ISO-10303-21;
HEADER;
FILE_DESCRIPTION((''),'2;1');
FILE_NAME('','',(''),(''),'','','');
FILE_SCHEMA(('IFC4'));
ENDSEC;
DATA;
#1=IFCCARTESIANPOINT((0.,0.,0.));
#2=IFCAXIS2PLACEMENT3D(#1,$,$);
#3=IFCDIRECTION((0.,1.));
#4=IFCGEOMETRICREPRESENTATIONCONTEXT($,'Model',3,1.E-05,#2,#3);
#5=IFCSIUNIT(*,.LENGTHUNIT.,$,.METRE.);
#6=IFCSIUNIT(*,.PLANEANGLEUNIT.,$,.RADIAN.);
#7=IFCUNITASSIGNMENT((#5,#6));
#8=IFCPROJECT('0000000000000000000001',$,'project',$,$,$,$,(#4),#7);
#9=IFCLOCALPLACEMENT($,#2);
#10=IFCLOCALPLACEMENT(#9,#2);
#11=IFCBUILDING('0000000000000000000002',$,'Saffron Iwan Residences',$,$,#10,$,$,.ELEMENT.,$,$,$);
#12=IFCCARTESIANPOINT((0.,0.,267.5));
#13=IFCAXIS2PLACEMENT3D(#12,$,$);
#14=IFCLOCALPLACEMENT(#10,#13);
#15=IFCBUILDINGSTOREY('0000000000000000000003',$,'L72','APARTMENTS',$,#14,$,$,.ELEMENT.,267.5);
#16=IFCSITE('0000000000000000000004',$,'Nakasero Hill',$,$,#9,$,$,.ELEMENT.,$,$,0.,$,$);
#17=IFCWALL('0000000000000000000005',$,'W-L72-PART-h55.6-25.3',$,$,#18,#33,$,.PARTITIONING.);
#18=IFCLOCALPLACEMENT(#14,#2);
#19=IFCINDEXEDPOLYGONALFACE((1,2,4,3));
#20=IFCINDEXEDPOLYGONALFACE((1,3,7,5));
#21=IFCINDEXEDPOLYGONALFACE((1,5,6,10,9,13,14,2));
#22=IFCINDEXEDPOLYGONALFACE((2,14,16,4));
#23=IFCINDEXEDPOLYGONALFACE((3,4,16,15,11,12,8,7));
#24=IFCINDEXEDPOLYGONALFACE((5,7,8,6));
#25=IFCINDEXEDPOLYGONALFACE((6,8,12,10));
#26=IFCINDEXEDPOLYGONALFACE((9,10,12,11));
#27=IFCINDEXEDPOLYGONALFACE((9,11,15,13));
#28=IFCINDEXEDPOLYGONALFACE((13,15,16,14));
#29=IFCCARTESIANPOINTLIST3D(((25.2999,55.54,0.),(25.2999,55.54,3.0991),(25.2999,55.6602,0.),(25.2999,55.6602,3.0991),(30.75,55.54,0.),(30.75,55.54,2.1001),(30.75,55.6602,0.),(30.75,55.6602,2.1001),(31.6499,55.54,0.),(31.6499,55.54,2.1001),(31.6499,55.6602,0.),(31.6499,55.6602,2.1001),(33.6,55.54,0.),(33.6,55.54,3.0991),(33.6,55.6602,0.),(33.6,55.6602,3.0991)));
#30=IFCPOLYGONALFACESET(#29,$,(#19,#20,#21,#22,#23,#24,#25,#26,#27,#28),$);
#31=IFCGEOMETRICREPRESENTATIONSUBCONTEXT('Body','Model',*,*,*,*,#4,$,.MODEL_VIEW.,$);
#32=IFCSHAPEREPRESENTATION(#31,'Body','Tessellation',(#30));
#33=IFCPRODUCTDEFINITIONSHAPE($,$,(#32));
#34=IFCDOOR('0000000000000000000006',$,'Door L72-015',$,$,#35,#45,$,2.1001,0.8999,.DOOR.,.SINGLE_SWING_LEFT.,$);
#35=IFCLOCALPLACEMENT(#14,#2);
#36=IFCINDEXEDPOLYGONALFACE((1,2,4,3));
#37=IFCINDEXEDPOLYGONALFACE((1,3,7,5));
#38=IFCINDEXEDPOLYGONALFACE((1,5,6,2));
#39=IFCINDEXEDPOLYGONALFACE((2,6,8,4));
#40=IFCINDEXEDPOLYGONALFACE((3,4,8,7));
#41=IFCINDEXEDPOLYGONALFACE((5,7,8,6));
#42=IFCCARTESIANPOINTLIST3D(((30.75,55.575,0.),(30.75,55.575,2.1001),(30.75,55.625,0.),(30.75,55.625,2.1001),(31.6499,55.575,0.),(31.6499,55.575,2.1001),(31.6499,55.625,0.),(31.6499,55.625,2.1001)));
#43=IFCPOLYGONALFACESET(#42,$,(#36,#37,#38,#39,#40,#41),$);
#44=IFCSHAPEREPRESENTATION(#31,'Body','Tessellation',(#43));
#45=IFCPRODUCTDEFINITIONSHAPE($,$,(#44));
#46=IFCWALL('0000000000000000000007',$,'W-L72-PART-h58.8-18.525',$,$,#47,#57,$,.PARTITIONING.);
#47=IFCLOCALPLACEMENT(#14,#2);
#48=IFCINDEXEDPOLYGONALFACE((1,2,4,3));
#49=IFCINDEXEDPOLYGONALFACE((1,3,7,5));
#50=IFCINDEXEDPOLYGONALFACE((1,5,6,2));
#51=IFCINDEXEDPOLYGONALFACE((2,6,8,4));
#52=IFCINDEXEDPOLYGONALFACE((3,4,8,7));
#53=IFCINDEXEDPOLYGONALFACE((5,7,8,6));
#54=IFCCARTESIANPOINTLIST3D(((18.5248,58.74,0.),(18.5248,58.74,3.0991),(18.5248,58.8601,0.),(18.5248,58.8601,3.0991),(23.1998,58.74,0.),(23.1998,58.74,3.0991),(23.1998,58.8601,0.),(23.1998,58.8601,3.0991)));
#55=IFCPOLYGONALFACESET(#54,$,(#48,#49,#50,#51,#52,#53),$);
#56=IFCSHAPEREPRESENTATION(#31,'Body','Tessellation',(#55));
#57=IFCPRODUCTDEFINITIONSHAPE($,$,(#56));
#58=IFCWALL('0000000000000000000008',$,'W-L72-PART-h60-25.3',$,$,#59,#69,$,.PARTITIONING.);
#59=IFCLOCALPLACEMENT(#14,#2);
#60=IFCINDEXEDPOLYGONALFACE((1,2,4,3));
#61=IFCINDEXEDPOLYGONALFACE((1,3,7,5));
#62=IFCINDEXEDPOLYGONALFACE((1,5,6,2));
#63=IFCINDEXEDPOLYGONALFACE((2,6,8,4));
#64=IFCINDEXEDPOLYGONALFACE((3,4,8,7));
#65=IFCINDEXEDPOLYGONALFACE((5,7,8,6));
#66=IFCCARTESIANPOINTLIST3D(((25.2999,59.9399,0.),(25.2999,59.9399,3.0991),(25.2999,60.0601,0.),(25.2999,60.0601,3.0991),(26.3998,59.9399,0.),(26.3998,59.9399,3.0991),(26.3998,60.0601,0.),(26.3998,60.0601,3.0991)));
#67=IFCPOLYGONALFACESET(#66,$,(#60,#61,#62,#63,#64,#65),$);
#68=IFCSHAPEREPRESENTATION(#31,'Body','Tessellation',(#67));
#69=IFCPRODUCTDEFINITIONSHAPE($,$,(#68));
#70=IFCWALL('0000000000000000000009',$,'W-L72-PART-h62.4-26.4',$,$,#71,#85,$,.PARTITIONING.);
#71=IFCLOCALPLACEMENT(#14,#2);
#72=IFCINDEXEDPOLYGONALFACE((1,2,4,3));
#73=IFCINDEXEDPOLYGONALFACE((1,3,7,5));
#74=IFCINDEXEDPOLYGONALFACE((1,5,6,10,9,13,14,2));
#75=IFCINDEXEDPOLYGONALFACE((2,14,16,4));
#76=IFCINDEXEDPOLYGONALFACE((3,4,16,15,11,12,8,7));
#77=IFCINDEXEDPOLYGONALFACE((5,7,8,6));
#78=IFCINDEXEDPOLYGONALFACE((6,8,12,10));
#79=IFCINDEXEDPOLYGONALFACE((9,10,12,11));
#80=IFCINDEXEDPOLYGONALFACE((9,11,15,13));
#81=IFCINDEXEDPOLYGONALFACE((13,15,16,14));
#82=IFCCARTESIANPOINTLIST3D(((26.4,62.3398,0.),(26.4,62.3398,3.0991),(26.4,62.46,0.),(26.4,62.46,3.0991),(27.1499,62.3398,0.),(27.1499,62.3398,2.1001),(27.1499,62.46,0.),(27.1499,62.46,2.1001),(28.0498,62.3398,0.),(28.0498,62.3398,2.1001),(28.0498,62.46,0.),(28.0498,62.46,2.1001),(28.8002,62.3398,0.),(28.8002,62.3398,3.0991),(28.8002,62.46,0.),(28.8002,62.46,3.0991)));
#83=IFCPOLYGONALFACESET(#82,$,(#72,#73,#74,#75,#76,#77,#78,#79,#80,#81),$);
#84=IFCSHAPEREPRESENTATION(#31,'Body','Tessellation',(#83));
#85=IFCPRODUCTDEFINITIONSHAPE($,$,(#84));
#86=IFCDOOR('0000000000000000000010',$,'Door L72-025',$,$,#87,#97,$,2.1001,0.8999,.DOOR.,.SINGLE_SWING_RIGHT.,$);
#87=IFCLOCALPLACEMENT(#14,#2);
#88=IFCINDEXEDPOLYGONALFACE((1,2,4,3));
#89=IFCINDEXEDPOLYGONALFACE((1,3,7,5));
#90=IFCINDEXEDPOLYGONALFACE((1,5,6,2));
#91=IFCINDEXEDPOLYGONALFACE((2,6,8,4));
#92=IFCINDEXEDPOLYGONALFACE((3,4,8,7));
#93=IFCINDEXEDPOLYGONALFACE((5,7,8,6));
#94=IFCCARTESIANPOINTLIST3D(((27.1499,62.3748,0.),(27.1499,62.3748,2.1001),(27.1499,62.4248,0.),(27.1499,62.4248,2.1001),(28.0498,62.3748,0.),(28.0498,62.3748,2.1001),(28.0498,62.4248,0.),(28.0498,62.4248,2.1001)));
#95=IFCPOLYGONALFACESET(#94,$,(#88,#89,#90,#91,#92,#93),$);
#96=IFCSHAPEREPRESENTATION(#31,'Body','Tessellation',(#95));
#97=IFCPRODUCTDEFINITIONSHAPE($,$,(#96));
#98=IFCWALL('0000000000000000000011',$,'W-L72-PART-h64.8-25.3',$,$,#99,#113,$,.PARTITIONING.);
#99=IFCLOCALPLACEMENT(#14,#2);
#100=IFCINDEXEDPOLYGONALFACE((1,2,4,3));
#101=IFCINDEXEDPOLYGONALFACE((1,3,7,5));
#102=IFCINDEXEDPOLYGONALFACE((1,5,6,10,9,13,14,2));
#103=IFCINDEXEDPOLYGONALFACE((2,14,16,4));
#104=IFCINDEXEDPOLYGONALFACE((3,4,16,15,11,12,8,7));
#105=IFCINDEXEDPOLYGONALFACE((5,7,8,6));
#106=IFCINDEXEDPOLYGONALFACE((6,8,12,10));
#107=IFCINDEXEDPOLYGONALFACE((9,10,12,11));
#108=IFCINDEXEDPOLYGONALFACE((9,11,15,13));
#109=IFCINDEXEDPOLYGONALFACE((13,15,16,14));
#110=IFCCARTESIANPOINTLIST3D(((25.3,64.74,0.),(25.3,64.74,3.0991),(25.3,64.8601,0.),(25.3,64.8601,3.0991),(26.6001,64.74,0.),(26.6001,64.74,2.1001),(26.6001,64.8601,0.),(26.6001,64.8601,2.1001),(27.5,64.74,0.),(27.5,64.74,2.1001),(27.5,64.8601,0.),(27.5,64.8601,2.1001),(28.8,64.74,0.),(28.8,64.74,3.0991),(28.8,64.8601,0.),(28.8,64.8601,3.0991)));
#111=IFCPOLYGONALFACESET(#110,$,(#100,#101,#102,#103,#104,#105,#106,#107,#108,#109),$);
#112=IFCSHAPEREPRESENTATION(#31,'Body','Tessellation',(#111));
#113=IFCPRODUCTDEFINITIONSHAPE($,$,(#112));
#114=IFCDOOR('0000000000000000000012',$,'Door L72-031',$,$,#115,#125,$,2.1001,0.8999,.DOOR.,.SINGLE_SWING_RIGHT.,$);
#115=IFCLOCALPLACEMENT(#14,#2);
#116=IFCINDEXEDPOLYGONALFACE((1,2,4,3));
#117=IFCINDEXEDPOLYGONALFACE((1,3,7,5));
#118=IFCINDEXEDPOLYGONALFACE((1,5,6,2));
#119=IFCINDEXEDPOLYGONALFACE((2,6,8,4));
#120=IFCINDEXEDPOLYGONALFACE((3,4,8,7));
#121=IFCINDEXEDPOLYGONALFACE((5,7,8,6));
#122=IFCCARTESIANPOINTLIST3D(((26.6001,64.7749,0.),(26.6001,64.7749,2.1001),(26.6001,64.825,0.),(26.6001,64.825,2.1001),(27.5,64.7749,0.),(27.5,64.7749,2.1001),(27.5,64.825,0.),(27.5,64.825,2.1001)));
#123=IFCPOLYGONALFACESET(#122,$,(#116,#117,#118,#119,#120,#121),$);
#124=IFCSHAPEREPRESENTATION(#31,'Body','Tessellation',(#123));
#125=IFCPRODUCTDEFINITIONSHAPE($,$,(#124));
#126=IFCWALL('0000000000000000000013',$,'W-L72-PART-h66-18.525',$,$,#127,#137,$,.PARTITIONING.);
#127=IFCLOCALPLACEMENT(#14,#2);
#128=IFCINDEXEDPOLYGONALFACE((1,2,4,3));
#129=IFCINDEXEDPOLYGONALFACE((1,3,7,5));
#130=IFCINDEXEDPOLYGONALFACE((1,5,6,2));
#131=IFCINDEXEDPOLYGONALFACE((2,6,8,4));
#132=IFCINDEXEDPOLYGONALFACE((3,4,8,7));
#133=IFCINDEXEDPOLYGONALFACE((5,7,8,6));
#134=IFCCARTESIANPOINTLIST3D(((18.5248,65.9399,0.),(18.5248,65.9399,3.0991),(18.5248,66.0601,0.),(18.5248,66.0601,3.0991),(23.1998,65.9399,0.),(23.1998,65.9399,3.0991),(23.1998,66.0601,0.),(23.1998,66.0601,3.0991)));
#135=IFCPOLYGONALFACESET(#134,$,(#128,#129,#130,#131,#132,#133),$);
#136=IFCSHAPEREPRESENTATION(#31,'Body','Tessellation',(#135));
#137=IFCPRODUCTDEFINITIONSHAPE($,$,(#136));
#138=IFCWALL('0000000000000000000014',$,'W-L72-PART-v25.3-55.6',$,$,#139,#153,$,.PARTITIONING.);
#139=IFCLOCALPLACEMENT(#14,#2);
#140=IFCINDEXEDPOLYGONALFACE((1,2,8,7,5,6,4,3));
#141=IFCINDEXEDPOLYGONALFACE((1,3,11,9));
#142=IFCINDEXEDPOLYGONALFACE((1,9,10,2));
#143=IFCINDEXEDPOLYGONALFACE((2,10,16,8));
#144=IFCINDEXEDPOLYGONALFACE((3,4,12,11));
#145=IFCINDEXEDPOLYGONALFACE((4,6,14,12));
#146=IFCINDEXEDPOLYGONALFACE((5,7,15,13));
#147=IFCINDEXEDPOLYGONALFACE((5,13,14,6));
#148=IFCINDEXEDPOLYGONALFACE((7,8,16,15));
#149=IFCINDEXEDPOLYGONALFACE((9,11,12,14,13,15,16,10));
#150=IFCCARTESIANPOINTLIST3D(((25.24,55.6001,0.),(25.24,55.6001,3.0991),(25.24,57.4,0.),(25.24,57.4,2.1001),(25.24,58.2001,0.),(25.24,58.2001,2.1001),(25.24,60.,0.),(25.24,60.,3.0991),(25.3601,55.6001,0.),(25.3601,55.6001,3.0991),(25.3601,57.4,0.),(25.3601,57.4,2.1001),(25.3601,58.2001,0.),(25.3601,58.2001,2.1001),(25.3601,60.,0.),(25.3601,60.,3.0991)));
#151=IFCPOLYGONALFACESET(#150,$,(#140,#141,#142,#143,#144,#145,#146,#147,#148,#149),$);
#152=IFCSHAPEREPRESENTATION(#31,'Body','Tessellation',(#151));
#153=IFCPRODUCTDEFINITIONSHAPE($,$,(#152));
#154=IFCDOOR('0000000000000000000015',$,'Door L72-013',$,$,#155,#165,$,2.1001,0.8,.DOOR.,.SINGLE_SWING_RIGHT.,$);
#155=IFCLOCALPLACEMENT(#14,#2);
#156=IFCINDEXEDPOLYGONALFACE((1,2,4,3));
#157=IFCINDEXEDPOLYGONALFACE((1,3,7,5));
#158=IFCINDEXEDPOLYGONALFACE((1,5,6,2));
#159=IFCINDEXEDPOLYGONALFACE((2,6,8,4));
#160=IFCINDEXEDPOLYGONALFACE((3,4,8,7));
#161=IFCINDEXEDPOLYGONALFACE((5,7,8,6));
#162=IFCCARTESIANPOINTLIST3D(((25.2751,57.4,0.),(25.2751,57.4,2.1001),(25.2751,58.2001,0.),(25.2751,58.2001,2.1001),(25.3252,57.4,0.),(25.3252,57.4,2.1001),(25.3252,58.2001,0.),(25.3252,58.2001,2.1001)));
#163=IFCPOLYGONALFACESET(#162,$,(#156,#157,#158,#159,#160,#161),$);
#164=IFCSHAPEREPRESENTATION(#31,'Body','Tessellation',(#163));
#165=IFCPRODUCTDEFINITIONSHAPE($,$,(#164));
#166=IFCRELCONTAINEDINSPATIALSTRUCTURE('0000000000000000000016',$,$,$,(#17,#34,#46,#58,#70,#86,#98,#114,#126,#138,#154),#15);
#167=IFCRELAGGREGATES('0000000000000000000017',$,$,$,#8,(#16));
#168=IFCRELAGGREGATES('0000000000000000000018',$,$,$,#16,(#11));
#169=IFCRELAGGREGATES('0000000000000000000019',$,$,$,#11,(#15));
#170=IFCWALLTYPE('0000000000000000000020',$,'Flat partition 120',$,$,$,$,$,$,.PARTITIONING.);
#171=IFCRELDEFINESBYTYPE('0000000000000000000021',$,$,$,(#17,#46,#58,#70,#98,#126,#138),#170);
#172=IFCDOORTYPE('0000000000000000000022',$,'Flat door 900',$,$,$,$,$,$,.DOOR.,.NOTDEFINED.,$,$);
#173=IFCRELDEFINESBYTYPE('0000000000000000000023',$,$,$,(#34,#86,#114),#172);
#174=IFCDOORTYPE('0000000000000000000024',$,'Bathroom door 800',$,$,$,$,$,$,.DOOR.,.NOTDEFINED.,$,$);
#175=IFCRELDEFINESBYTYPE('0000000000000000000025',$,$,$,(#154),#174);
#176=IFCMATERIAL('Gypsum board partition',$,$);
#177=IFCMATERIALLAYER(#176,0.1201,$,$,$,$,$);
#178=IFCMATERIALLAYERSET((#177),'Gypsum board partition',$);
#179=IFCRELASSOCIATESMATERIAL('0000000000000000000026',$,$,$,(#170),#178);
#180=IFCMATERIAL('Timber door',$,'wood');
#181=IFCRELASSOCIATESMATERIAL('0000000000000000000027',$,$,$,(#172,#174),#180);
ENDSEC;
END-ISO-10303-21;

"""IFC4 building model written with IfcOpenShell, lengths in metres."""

from ifc_helpers import new_model, si_unit, direction, frame, frame_2d, origin, place, context, subcontext, project, spatial, rectangle, extrude, material, layer, layer_set, type_object, element, fill, save


model = new_model("IFC4")

# Units and contexts
model_context = context("Model", 3, precision=1e-05, world=origin(), true_north=direction((0.0, 1.0)))
body_context = subcontext(model_context, "Body", "Model", "MODEL_VIEW")
ifc_project = project(units=[si_unit("LENGTHUNIT", "METRE"), si_unit("PLANEANGLEUNIT", "RADIAN")], contexts=[model_context])

# Site, building, storey
site_placement = place(None, origin())
site = spatial("IfcSite", under=ifc_project, at=site_placement, Name="Nakasero Hill", CompositionType="ELEMENT", RefElevation=0.0)
building_placement = place(site_placement, origin())
building = spatial("IfcBuilding", under=site, at=building_placement, Name="Saffron Iwan Residences", CompositionType="ELEMENT")
storey_placement = place(building_placement, frame((0.0, 0.0, 267.5)))
storey = spatial("IfcBuildingStorey", under=building, at=storey_placement, Name="L72", Description="APARTMENTS", CompositionType="ELEMENT", Elevation=267.5)

# Wall, opening, door
ifc_material_1 = material(Name="Gypsum board partition")
ifc_layer_1 = layer(ifc_material_1, 0.1201)
ifc_layer_set_1 = layer_set([ifc_layer_1], Name="Gypsum board partition")
wall_type_1 = type_object("IfcWallType", Name="Flat partition 120", PredefinedType="PARTITIONING", material=ifc_layer_set_1)
wall_1_placement = place(storey_placement, frame((25.3, 55.6001, 0.0), z_axis=(0.0, 0.0, 1.0), x_axis=(1.0, 0.0, 0.0)))
wall_1 = element("IfcWall", 1, at=wall_1_placement, inside=storey, type_object=wall_type_1, Name="W-L72-PART-h55.6-25.3", PredefinedType="PARTITIONING", context=body_context, shape_type="SweptSolid", body=[
    extrude(rectangle(XDim=8.3, YDim=0.1201, at=frame_2d((4.1499, 0.0))), origin(), (0.0, 0.0, 1.0), 3.0991),
])
opening_1_placement = place(wall_1_placement, frame((5.45, 0.0, 0.0)))
opening_1 = element("IfcOpeningElement", 2, at=opening_1_placement, cuts=wall_1, PredefinedType="OPENING", context=body_context, shape_type="SweptSolid", body=[
    extrude(rectangle(XDim=0.8999, YDim=2.1001, at=frame_2d((0.45, 1.05))), frame((0.0, 0.0701, 0.0), z_axis=(0.0, -1.0, 0.0), x_axis=(1.0, 0.0, 0.0)), (0.0, 0.0, 1.0), 0.1401),
])
ifc_material_2 = material(Name="Timber door", Category="wood")
door_type_1 = type_object("IfcDoorType", Name="Flat door 900", OperationType="NOTDEFINED", PredefinedType="DOOR", material=ifc_material_2)
door_1_placement = place(opening_1_placement, origin())
door_1 = element("IfcDoor", 3, at=door_1_placement, inside=storey, type_object=door_type_1, Name="Door L72-015", OperationType="SINGLE_SWING_LEFT", OverallHeight=2.1001, OverallWidth=0.8999, PredefinedType="DOOR", context=body_context, shape_type="SweptSolid", body=[
    extrude(rectangle(XDim=0.8999, YDim=2.1001, at=frame_2d((0.45, 1.05))), frame((0.0, 0.0249, 0.0), z_axis=(0.0, -1.0, 0.0), x_axis=(1.0, 0.0, 0.0)), (0.0, 0.0, 1.0), 0.05),
])
fill(opening_1, door_1)

# Walls
wall_2_placement = place(storey_placement, frame((18.5249, 58.8, 0.0), z_axis=(0.0, 0.0, 1.0), x_axis=(1.0, 0.0, 0.0)))
element("IfcWall", 4, at=wall_2_placement, inside=storey, type_object=wall_type_1, Name="W-L72-PART-h58.8-18.525", PredefinedType="PARTITIONING", context=body_context, shape_type="SweptSolid", body=[
    extrude(rectangle(XDim=4.675, YDim=0.1201, at=frame_2d((2.3374, 0.0))), origin(), (0.0, 0.0, 1.0), 3.0991),
])
wall_3_placement = place(storey_placement, frame((25.3, 60.0, 0.0), z_axis=(0.0, 0.0, 1.0), x_axis=(1.0, 0.0, 0.0)))
element("IfcWall", 5, at=wall_3_placement, inside=storey, type_object=wall_type_1, Name="W-L72-PART-h60-25.3", PredefinedType="PARTITIONING", context=body_context, shape_type="SweptSolid", body=[
    extrude(rectangle(XDim=1.0999, YDim=0.1201, at=frame_2d((0.5498, 0.0))), origin(), (0.0, 0.0, 1.0), 3.0991),
])

# Walls, openings, doors
wall_4_placement = place(storey_placement, frame((26.3999, 62.3999, 0.0), z_axis=(0.0, 0.0, 1.0), x_axis=(1.0, 0.0, 0.0)))
wall_4 = element("IfcWall", 6, at=wall_4_placement, inside=storey, type_object=wall_type_1, Name="W-L72-PART-h62.4-26.4", PredefinedType="PARTITIONING", context=body_context, shape_type="SweptSolid", body=[
    extrude(rectangle(XDim=2.4001, YDim=0.1201, at=frame_2d((1.2002, 0.0))), origin(), (0.0, 0.0, 1.0), 3.0991),
])
opening_2_placement = place(wall_4_placement, frame((0.75, 0.0, 0.0)))
opening_2 = element("IfcOpeningElement", 7, at=opening_2_placement, cuts=wall_4, PredefinedType="OPENING", context=body_context, shape_type="SweptSolid", body=[
    extrude(rectangle(XDim=0.8999, YDim=2.1001, at=frame_2d((0.45, 1.05))), frame((0.0, 0.0701, 0.0), z_axis=(0.0, -1.0, 0.0), x_axis=(1.0, 0.0, 0.0)), (0.0, 0.0, 1.0), 0.1401),
])
door_2_placement = place(opening_2_placement, origin())
door_2 = element("IfcDoor", 8, at=door_2_placement, inside=storey, type_object=door_type_1, Name="Door L72-025", OperationType="SINGLE_SWING_RIGHT", OverallHeight=2.1001, OverallWidth=0.8999, PredefinedType="DOOR", context=body_context, shape_type="SweptSolid", body=[
    extrude(rectangle(XDim=0.8999, YDim=2.1001, at=frame_2d((0.45, 1.05))), frame((0.0, 0.0249, 0.0), z_axis=(0.0, -1.0, 0.0), x_axis=(1.0, 0.0, 0.0)), (0.0, 0.0, 1.0), 0.05),
])
fill(opening_2, door_2)
wall_5_placement = place(storey_placement, frame((25.3, 64.8, 0.0), z_axis=(0.0, 0.0, 1.0), x_axis=(1.0, 0.0, 0.0)))
wall_5 = element("IfcWall", 9, at=wall_5_placement, inside=storey, type_object=wall_type_1, Name="W-L72-PART-h64.8-25.3", PredefinedType="PARTITIONING", context=body_context, shape_type="SweptSolid", body=[
    extrude(rectangle(XDim=3.5, YDim=0.1201, at=frame_2d((1.75, 0.0))), origin(), (0.0, 0.0, 1.0), 3.0991),
])
opening_3_placement = place(wall_5_placement, frame((1.3, 0.0, 0.0)))
opening_3 = element("IfcOpeningElement", 10, at=opening_3_placement, cuts=wall_5, PredefinedType="OPENING", context=body_context, shape_type="SweptSolid", body=[
    extrude(rectangle(XDim=0.8999, YDim=2.1001, at=frame_2d((0.45, 1.05))), frame((0.0, 0.0701, 0.0), z_axis=(0.0, -1.0, 0.0), x_axis=(1.0, 0.0, 0.0)), (0.0, 0.0, 1.0), 0.1401),
])
door_3_placement = place(opening_3_placement, origin())
door_3 = element("IfcDoor", 11, at=door_3_placement, inside=storey, type_object=door_type_1, Name="Door L72-031", OperationType="SINGLE_SWING_RIGHT", OverallHeight=2.1001, OverallWidth=0.8999, PredefinedType="DOOR", context=body_context, shape_type="SweptSolid", body=[
    extrude(rectangle(XDim=0.8999, YDim=2.1001, at=frame_2d((0.45, 1.05))), frame((0.0, 0.0249, 0.0), z_axis=(0.0, -1.0, 0.0), x_axis=(1.0, 0.0, 0.0)), (0.0, 0.0, 1.0), 0.05),
])
fill(opening_3, door_3)

# Wall
wall_6_placement = place(storey_placement, frame((18.5249, 66.0, 0.0), z_axis=(0.0, 0.0, 1.0), x_axis=(1.0, 0.0, 0.0)))
element("IfcWall", 12, at=wall_6_placement, inside=storey, type_object=wall_type_1, Name="W-L72-PART-h66-18.525", PredefinedType="PARTITIONING", context=body_context, shape_type="SweptSolid", body=[
    extrude(rectangle(XDim=4.675, YDim=0.1201, at=frame_2d((2.3374, 0.0))), origin(), (0.0, 0.0, 1.0), 3.0991),
])

# Wall, opening, door
wall_7_placement = place(storey_placement, frame((25.3, 55.6001, 0.0), z_axis=(0.0, 0.0, 1.0), x_axis=(0.0, 1.0, 0.0)))
wall_7 = element("IfcWall", 13, at=wall_7_placement, inside=storey, type_object=wall_type_1, Name="W-L72-PART-v25.3-55.6", PredefinedType="PARTITIONING", context=body_context, shape_type="SweptSolid", body=[
    extrude(rectangle(XDim=4.3999, YDim=0.1201, at=frame_2d((2.2, 0.0))), origin(), (0.0, 0.0, 1.0), 3.0991),
])
opening_4_placement = place(wall_7_placement, frame((1.8, 0.0, 0.0)))
opening_4 = element("IfcOpeningElement", 14, at=opening_4_placement, cuts=wall_7, PredefinedType="OPENING", context=body_context, shape_type="SweptSolid", body=[
    extrude(rectangle(XDim=0.8, YDim=2.1001, at=frame_2d((0.3999, 1.05))), frame((0.0, 0.0701, 0.0), z_axis=(0.0, -1.0, 0.0), x_axis=(1.0, 0.0, 0.0)), (0.0, 0.0, 1.0), 0.1401),
])
door_type_2 = type_object("IfcDoorType", Name="Bathroom door 800", OperationType="NOTDEFINED", PredefinedType="DOOR", material=ifc_material_2)
door_4_placement = place(opening_4_placement, origin())
door_4 = element("IfcDoor", 15, at=door_4_placement, inside=storey, type_object=door_type_2, Name="Door L72-013", OperationType="SINGLE_SWING_RIGHT", OverallHeight=2.1001, OverallWidth=0.8, PredefinedType="DOOR", context=body_context, shape_type="SweptSolid", body=[
    extrude(rectangle(XDim=0.8, YDim=2.1001, at=frame_2d((0.3999, 1.05))), frame((0.0, 0.0249, 0.0), z_axis=(0.0, -1.0, 0.0), x_axis=(1.0, 0.0, 0.0)), (0.0, 0.0, 1.0), 0.05),
])
fill(opening_4, door_4)

save(model, "model.ifc")
